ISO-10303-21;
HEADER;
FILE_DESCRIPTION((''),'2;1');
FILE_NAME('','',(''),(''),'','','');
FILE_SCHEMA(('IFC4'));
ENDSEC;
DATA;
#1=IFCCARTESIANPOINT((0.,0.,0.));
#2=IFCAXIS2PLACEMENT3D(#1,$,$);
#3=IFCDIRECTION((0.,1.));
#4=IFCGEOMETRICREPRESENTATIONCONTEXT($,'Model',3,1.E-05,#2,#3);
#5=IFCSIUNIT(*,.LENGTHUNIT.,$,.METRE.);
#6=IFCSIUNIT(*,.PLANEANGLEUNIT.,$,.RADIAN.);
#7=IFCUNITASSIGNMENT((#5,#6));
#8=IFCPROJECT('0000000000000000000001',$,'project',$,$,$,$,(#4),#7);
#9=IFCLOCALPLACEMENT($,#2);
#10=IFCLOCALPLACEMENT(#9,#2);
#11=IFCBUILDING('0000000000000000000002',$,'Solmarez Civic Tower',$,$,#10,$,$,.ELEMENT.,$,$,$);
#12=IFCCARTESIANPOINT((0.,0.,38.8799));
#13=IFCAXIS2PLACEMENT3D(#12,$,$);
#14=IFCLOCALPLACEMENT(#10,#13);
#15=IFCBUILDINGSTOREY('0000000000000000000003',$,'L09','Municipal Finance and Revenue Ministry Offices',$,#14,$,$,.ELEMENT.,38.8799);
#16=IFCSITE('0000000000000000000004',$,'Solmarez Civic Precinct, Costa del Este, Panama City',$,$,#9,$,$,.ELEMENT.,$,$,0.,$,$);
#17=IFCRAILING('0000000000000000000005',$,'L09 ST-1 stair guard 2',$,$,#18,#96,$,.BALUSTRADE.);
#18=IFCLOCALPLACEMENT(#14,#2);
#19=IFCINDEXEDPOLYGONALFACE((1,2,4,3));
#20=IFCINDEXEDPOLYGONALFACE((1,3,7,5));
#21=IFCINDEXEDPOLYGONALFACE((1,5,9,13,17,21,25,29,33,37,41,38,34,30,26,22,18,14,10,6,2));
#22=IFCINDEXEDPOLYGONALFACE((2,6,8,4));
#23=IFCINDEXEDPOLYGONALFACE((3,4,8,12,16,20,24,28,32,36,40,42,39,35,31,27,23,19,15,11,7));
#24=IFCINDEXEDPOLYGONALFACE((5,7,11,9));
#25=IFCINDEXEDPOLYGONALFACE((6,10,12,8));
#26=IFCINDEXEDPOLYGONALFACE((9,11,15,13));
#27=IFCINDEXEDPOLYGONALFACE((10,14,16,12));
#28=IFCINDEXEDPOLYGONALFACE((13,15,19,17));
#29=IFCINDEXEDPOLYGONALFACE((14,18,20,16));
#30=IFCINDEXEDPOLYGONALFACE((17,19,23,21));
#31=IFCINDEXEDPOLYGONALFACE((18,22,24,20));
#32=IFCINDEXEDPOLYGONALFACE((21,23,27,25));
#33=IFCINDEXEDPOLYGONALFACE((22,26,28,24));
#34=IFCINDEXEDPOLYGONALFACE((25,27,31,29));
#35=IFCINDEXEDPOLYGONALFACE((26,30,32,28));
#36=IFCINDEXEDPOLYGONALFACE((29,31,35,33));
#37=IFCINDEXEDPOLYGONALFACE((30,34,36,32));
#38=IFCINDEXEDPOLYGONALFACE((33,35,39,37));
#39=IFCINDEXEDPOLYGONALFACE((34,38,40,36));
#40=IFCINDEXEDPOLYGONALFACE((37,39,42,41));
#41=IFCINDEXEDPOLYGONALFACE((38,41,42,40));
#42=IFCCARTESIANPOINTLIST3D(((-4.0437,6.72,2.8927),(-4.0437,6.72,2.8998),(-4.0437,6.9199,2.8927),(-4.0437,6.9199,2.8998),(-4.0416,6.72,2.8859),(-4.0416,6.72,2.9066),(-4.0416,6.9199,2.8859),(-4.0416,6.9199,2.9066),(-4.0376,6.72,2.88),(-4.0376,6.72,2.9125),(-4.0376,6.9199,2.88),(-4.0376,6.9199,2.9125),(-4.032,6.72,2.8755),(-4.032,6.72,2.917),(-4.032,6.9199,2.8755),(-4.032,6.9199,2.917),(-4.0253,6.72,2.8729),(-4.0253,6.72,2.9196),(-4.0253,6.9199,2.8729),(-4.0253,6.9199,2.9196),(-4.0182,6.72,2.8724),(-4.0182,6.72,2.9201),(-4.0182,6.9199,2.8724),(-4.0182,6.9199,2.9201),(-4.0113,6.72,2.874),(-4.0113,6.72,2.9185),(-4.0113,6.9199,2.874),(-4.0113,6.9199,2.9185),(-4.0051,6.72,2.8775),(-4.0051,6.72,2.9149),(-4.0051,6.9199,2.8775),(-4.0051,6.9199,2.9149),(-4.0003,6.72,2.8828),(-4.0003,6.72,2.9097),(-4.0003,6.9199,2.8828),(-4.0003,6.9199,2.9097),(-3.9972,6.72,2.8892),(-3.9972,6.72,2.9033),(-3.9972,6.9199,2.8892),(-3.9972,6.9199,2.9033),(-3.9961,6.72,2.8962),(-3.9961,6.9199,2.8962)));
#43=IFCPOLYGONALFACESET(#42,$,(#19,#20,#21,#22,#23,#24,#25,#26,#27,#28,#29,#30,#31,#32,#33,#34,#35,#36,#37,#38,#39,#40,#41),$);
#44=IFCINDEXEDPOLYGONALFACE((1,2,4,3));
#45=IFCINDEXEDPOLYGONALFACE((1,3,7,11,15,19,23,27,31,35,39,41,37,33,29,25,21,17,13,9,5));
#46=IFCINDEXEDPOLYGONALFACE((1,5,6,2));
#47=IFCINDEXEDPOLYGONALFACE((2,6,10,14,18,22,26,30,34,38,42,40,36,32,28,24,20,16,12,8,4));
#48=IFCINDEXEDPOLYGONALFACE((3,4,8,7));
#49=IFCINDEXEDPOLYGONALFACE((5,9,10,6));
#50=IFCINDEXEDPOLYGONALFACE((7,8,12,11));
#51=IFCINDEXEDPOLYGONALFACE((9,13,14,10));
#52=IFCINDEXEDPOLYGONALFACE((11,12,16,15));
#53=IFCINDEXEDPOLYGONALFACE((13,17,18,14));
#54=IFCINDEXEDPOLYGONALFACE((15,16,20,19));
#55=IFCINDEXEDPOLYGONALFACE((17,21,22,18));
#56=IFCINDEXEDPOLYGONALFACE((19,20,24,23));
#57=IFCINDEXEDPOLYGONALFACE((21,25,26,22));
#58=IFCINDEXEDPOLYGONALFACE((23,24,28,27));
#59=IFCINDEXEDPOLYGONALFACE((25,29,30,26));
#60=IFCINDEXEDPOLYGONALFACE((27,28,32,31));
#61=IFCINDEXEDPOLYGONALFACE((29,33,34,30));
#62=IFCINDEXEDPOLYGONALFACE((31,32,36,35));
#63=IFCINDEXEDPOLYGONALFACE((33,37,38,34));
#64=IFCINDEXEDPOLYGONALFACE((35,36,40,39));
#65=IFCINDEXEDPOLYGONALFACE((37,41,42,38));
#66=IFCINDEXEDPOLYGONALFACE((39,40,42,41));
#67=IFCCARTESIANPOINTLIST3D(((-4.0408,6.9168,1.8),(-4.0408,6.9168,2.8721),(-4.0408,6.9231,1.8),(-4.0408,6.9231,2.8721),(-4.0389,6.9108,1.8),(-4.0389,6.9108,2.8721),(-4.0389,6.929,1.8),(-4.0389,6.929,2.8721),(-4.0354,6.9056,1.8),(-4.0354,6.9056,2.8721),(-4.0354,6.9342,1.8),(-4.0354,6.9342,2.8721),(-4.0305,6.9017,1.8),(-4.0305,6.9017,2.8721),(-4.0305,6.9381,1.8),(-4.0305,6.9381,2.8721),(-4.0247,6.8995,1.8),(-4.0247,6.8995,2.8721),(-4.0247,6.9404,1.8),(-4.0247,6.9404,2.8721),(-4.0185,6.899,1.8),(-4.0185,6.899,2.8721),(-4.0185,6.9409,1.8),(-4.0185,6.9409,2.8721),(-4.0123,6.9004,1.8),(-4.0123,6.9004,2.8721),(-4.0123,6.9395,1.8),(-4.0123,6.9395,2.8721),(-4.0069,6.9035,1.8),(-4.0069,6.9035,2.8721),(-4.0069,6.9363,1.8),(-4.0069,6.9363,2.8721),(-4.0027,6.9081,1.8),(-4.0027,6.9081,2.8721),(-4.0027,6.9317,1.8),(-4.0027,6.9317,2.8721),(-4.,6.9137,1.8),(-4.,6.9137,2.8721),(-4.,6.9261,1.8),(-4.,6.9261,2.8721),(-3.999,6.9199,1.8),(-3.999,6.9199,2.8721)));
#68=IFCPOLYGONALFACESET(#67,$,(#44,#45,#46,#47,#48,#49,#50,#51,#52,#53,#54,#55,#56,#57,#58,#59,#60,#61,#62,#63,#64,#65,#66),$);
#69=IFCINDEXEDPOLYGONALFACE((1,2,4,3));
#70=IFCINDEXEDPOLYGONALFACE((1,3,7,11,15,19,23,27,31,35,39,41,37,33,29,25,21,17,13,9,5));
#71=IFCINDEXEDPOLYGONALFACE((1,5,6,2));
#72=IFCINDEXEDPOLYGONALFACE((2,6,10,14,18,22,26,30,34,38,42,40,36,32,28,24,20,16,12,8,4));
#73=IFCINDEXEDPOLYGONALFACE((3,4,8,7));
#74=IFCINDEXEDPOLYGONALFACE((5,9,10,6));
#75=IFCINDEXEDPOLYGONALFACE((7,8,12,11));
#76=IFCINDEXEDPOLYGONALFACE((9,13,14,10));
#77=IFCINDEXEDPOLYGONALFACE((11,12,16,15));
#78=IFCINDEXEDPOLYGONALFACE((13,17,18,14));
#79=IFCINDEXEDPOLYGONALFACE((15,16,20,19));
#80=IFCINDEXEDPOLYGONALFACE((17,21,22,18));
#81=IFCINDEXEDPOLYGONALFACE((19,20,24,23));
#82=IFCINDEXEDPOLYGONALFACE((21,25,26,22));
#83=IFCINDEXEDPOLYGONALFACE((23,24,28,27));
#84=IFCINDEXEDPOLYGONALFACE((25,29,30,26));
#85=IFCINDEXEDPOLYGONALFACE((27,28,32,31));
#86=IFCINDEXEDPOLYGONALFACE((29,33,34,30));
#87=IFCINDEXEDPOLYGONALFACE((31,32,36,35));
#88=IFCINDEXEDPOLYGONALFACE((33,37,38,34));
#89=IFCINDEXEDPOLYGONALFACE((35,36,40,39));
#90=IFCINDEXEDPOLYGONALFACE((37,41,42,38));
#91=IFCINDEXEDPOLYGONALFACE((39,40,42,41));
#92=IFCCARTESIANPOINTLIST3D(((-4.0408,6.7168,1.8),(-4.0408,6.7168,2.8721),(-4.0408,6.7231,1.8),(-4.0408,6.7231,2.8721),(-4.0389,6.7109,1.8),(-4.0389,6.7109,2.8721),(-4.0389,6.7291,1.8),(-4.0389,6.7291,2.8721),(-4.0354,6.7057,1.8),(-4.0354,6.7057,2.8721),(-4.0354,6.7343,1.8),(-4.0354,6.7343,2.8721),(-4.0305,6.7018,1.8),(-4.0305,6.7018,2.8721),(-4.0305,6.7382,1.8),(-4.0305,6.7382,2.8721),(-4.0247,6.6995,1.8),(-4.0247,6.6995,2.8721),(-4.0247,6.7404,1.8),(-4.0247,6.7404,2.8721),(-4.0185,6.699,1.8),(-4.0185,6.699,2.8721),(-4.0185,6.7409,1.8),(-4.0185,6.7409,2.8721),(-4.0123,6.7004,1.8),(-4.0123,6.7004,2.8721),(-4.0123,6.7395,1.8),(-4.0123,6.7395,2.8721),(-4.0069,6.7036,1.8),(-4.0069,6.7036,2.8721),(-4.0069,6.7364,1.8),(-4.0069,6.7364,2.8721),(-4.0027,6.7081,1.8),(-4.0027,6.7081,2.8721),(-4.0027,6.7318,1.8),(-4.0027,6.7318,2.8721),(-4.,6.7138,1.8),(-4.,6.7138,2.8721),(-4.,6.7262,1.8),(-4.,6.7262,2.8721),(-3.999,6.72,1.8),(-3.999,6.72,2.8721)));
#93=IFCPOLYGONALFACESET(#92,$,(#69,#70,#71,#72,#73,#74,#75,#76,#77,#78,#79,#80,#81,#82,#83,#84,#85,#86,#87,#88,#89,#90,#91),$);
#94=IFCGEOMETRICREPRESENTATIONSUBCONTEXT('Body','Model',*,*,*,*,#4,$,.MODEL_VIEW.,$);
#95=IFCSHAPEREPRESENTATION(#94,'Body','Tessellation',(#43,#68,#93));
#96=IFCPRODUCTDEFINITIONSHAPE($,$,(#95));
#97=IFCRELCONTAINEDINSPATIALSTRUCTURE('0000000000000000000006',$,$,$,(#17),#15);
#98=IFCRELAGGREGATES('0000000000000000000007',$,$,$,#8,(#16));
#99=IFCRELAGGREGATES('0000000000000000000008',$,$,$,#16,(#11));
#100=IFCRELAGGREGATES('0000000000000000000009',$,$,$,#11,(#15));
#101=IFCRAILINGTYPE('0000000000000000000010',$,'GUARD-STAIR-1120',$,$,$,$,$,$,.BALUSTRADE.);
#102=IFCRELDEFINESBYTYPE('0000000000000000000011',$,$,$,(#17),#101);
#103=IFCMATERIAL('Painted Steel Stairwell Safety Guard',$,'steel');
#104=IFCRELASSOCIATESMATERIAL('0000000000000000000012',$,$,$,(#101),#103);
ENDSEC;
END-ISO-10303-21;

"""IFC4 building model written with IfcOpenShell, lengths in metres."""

from ifc_helpers import new_model, si_unit, direction, frame, origin, origin_2d, place, context, subcontext, project, spatial, circle, extrude, material, type_object, element, save


model = new_model("IFC4")

# Units and contexts
model_context = context("Model", 3, precision=1e-05, world=origin(), true_north=direction((0.0, 1.0)))
body_context = subcontext(model_context, "Body", "Model", "MODEL_VIEW")
ifc_project = project(units=[si_unit("LENGTHUNIT", "METRE"), si_unit("PLANEANGLEUNIT", "RADIAN")], contexts=[model_context])

# Site, building, storey
site_placement = place(None, origin())
site = spatial("IfcSite", under=ifc_project, at=site_placement, Name="Solmarez Civic Precinct, Costa del Este, Panama City", CompositionType="ELEMENT", RefElevation=0.0)
building_placement = place(site_placement, origin())
building = spatial("IfcBuilding", under=site, at=building_placement, Name="Solmarez Civic Tower", CompositionType="ELEMENT")
storey_placement = place(building_placement, frame((0.0, 0.0, 38.8799)))
storey = spatial("IfcBuildingStorey", under=building, at=storey_placement, Name="L09", Description="Municipal Finance and Revenue Ministry Offices", CompositionType="ELEMENT", Elevation=38.8799)

# Railing
ifc_material_1 = material(Name="Painted Steel Stairwell Safety Guard", Category="steel")
railing_type_1 = type_object("IfcRailingType", Name="GUARD-STAIR-1120", PredefinedType="BALUSTRADE", material=ifc_material_1)
railing_1_placement = place(storey_placement, frame((-4.02, 6.9199, 1.8)))
element("IfcRailing", 1, at=railing_1_placement, inside=storey, type_object=railing_type_1, Name="L09 ST-1 stair guard 2", PredefinedType="BALUSTRADE", context=body_context, shape_type="SweptSolid", body=[
    extrude(circle(Radius=0.0239, at=origin_2d()), frame((0.0, 0.0, 1.0962), z_axis=(0.0, -1.0, 0.0), x_axis=(1.0, 0.0, 0.0)), (0.0, 0.0, 1.0), 0.2),
    extrude(circle(Radius=0.021, at=origin_2d()), origin(), (0.0, 0.0, 1.0), 1.072),
    extrude(circle(Radius=0.021, at=origin_2d()), frame((0.0, -0.2, 0.0)), (0.0, 0.0, 1.0), 1.072),
])

save(model, "model.ifc")
